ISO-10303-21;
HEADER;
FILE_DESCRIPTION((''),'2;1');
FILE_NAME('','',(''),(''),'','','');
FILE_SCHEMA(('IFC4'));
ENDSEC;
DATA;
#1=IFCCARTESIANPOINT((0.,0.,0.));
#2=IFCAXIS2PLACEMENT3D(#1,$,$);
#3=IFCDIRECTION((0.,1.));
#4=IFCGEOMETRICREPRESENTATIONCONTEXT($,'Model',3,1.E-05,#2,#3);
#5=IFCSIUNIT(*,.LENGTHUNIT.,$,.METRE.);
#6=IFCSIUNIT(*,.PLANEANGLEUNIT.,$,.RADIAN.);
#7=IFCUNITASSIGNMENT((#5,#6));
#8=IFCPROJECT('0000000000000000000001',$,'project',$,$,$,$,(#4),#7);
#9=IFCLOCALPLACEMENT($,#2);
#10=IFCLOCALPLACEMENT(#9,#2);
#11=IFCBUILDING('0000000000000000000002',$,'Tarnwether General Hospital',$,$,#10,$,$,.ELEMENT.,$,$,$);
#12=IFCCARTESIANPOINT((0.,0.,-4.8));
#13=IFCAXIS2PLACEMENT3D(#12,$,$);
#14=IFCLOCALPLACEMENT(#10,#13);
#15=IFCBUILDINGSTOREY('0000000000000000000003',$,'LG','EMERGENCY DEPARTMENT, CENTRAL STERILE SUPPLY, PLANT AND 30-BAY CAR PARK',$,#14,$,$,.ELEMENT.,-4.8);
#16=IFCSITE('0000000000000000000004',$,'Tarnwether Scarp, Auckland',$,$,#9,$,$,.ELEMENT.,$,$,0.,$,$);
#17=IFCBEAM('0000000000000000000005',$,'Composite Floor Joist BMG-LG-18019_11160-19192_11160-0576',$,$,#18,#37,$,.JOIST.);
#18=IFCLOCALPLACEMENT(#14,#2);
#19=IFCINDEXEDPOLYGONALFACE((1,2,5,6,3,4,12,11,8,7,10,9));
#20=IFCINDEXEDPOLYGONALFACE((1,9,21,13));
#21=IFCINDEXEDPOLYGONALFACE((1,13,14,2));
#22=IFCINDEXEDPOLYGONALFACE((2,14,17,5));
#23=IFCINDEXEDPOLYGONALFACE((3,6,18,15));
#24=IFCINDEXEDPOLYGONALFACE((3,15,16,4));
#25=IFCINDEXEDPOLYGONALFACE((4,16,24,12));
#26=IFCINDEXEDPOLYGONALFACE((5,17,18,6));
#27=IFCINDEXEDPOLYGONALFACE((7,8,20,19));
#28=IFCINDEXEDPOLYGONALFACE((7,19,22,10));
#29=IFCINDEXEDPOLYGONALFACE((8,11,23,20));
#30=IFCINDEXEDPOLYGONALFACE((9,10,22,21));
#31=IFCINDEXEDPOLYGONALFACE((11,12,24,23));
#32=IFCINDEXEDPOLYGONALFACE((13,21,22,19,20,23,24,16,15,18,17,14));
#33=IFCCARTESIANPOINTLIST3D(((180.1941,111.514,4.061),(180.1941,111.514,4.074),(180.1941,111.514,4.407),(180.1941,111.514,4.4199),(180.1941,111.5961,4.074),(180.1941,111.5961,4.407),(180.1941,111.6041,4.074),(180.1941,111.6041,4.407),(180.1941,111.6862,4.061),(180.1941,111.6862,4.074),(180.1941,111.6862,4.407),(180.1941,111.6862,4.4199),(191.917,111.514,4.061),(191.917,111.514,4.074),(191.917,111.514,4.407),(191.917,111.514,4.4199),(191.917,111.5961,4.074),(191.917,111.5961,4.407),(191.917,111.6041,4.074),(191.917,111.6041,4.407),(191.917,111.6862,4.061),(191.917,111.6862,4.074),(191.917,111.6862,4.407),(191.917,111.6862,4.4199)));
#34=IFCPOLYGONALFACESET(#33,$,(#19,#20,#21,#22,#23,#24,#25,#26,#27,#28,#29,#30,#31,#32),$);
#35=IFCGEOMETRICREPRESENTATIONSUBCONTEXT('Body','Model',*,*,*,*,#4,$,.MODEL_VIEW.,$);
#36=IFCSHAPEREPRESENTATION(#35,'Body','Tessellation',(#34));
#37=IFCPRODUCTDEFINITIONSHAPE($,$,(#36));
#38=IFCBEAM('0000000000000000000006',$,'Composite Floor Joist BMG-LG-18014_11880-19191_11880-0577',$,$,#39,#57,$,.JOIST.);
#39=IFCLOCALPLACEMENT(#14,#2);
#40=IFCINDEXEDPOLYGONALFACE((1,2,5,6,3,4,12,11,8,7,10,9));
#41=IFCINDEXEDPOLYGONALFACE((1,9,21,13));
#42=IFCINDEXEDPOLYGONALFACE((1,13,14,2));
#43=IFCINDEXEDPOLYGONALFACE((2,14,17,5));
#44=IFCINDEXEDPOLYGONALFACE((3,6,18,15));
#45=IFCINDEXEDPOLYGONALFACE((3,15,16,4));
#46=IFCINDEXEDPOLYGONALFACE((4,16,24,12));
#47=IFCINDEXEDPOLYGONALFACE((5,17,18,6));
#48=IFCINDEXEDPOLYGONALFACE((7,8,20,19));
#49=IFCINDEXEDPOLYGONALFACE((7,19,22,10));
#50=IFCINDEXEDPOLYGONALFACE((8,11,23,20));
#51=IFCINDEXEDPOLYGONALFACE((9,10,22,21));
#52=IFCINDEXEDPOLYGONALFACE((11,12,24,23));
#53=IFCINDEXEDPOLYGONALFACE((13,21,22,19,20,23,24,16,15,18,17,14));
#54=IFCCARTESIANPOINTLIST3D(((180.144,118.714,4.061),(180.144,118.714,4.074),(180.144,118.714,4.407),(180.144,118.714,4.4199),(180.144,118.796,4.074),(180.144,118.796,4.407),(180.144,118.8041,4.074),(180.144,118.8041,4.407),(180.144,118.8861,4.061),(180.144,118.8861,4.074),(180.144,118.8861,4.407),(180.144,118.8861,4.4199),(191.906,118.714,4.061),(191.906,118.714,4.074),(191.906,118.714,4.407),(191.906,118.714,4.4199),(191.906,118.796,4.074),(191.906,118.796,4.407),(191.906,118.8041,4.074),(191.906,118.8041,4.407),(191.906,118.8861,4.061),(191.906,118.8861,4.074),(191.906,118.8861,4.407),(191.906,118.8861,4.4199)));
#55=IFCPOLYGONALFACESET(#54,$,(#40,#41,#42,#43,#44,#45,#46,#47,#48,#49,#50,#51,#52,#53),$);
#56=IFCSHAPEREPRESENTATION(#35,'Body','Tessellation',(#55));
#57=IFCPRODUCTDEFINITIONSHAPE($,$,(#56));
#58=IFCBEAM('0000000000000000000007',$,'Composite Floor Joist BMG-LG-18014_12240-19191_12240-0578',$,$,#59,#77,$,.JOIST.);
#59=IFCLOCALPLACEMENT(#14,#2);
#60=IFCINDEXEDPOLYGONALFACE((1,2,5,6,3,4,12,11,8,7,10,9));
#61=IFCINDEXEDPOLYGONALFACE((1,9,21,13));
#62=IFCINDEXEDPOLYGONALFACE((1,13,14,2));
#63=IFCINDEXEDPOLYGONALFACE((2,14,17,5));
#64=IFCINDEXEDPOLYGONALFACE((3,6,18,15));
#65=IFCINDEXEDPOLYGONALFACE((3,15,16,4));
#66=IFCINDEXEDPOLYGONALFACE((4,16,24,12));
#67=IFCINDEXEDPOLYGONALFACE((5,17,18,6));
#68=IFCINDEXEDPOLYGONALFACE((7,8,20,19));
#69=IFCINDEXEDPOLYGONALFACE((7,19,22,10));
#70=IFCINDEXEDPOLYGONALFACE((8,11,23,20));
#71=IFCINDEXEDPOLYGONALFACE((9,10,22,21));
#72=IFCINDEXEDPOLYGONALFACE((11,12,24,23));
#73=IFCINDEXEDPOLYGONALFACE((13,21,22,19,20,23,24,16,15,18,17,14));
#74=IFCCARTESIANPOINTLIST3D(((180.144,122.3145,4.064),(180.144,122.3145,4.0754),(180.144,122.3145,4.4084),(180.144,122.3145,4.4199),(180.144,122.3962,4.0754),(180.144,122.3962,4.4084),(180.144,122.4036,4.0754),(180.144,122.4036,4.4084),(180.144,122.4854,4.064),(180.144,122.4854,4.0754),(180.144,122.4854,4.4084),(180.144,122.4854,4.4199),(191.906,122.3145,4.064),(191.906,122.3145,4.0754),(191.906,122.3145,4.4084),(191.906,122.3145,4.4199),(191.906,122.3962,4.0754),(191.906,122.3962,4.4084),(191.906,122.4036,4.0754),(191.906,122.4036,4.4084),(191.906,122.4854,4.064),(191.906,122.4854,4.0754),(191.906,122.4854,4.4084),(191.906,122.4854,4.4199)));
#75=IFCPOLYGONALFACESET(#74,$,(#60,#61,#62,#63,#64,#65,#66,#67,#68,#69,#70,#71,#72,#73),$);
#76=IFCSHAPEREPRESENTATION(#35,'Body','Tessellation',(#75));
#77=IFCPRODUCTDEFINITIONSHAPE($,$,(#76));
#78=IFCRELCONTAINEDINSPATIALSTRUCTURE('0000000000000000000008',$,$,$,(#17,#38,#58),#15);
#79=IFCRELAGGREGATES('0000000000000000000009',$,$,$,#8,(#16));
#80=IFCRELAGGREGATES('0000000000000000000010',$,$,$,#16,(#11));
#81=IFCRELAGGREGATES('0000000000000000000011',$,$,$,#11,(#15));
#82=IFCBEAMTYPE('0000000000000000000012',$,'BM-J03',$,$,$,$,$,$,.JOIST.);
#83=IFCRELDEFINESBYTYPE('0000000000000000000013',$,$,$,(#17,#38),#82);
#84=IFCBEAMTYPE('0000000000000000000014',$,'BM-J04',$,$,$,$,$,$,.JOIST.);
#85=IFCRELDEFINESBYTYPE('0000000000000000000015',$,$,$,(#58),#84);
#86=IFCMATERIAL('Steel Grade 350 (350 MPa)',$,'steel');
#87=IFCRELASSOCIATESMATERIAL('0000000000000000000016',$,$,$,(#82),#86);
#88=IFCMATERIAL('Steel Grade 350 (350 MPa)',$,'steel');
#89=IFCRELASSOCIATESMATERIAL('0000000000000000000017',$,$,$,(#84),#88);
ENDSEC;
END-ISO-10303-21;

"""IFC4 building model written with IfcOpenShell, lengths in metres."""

from ifc_helpers import new_model, si_unit, direction, frame, origin, origin_2d, place, context, subcontext, project, spatial, i_section, extrude, material, material_profile, profile_set, type_object, element, save


model = new_model("IFC4")

# Units and contexts
model_context = context("Model", 3, precision=1e-05, world=origin(), true_north=direction((0.0, 1.0)))
body_context = subcontext(model_context, "Body", "Model", "MODEL_VIEW")
ifc_project = project(units=[si_unit("LENGTHUNIT", "METRE"), si_unit("PLANEANGLEUNIT", "RADIAN")], contexts=[model_context])

# Site, building, storey
site_placement = place(None, origin())
site = spatial("IfcSite", under=ifc_project, at=site_placement, Name="Tarnwether Scarp, Auckland", CompositionType="ELEMENT", RefElevation=0.0)
building_placement = place(site_placement, origin())
building = spatial("IfcBuilding", under=site, at=building_placement, Name="Tarnwether General Hospital", CompositionType="ELEMENT")
storey_placement = place(building_placement, frame((0.0, 0.0, -4.8)))
storey = spatial("IfcBuildingStorey", under=building, at=storey_placement, Name="LG", Description="EMERGENCY DEPARTMENT, CENTRAL STERILE SUPPLY, PLANT AND 30-BAY CAR PARK", CompositionType="ELEMENT", Elevation=-4.8)

# Beams
ifc_material_1 = material(Name="Steel Grade 350 (350 MPa)", Category="steel")
ifc_material_profile_1 = material_profile(ifc_material_1, i_section(OverallWidth=0.1721, OverallDepth=0.3589, WebThickness=0.0081, FlangeThickness=0.0129, at=origin_2d()), Name="360UB56.7")
ifc_profile_set_1 = profile_set([ifc_material_profile_1], Name="Steel Grade 350 (350 MPa)")
beam_type_1 = type_object("IfcBeamType", Name="BM-J03", PredefinedType="JOIST", material=ifc_profile_set_1)
beam_1_placement = place(storey_placement, frame((180.1941, 111.6001, 4.2405), z_axis=(1.0, 0.0, 0.0), x_axis=(0.0, 1.0, 0.0)))
element("IfcBeam", 1, at=beam_1_placement, inside=storey, type_object=beam_type_1, Name="Composite Floor Joist BMG-LG-18019_11160-19192_11160-0576", PredefinedType="JOIST", context=body_context, shape_type="SweptSolid", body=[
    extrude(i_section(OverallWidth=0.1721, OverallDepth=0.3589, WebThickness=0.0081, FlangeThickness=0.0129, at=origin_2d()), origin(), (0.0, 0.0, 1.0), 11.7229),
])
beam_2_placement = place(storey_placement, frame((180.144, 118.8, 4.2405), z_axis=(1.0, 0.0, 0.0), x_axis=(0.0, 1.0, 0.0)))
element("IfcBeam", 2, at=beam_2_placement, inside=storey, type_object=beam_type_1, Name="Composite Floor Joist BMG-LG-18014_11880-19191_11880-0577", PredefinedType="JOIST", context=body_context, shape_type="SweptSolid", body=[
    extrude(i_section(OverallWidth=0.1721, OverallDepth=0.3589, WebThickness=0.0081, FlangeThickness=0.0129, at=origin_2d()), origin(), (0.0, 0.0, 1.0), 11.762),
])
ifc_material_2 = material(Name="Steel Grade 350 (350 MPa)", Category="steel")
ifc_material_profile_2 = material_profile(ifc_material_2, i_section(OverallWidth=0.1709, OverallDepth=0.356, WebThickness=0.0073, FlangeThickness=0.0115, at=origin_2d()), Name="360UB50.7")
ifc_profile_set_2 = profile_set([ifc_material_profile_2], Name="Steel Grade 350 (350 MPa)")
beam_type_2 = type_object("IfcBeamType", Name="BM-J04", PredefinedType="JOIST", material=ifc_profile_set_2)
beam_3_placement = place(storey_placement, frame((180.144, 122.3999, 4.2419), z_axis=(1.0, 0.0, 0.0), x_axis=(0.0, 1.0, 0.0)))
element("IfcBeam", 3, at=beam_3_placement, inside=storey, type_object=beam_type_2, Name="Composite Floor Joist BMG-LG-18014_12240-19191_12240-0578", PredefinedType="JOIST", context=body_context, shape_type="SweptSolid", body=[
    extrude(i_section(OverallWidth=0.1709, OverallDepth=0.356, WebThickness=0.0073, FlangeThickness=0.0115, at=origin_2d()), origin(), (0.0, 0.0, 1.0), 11.762),
])

save(model, "model.ifc")
